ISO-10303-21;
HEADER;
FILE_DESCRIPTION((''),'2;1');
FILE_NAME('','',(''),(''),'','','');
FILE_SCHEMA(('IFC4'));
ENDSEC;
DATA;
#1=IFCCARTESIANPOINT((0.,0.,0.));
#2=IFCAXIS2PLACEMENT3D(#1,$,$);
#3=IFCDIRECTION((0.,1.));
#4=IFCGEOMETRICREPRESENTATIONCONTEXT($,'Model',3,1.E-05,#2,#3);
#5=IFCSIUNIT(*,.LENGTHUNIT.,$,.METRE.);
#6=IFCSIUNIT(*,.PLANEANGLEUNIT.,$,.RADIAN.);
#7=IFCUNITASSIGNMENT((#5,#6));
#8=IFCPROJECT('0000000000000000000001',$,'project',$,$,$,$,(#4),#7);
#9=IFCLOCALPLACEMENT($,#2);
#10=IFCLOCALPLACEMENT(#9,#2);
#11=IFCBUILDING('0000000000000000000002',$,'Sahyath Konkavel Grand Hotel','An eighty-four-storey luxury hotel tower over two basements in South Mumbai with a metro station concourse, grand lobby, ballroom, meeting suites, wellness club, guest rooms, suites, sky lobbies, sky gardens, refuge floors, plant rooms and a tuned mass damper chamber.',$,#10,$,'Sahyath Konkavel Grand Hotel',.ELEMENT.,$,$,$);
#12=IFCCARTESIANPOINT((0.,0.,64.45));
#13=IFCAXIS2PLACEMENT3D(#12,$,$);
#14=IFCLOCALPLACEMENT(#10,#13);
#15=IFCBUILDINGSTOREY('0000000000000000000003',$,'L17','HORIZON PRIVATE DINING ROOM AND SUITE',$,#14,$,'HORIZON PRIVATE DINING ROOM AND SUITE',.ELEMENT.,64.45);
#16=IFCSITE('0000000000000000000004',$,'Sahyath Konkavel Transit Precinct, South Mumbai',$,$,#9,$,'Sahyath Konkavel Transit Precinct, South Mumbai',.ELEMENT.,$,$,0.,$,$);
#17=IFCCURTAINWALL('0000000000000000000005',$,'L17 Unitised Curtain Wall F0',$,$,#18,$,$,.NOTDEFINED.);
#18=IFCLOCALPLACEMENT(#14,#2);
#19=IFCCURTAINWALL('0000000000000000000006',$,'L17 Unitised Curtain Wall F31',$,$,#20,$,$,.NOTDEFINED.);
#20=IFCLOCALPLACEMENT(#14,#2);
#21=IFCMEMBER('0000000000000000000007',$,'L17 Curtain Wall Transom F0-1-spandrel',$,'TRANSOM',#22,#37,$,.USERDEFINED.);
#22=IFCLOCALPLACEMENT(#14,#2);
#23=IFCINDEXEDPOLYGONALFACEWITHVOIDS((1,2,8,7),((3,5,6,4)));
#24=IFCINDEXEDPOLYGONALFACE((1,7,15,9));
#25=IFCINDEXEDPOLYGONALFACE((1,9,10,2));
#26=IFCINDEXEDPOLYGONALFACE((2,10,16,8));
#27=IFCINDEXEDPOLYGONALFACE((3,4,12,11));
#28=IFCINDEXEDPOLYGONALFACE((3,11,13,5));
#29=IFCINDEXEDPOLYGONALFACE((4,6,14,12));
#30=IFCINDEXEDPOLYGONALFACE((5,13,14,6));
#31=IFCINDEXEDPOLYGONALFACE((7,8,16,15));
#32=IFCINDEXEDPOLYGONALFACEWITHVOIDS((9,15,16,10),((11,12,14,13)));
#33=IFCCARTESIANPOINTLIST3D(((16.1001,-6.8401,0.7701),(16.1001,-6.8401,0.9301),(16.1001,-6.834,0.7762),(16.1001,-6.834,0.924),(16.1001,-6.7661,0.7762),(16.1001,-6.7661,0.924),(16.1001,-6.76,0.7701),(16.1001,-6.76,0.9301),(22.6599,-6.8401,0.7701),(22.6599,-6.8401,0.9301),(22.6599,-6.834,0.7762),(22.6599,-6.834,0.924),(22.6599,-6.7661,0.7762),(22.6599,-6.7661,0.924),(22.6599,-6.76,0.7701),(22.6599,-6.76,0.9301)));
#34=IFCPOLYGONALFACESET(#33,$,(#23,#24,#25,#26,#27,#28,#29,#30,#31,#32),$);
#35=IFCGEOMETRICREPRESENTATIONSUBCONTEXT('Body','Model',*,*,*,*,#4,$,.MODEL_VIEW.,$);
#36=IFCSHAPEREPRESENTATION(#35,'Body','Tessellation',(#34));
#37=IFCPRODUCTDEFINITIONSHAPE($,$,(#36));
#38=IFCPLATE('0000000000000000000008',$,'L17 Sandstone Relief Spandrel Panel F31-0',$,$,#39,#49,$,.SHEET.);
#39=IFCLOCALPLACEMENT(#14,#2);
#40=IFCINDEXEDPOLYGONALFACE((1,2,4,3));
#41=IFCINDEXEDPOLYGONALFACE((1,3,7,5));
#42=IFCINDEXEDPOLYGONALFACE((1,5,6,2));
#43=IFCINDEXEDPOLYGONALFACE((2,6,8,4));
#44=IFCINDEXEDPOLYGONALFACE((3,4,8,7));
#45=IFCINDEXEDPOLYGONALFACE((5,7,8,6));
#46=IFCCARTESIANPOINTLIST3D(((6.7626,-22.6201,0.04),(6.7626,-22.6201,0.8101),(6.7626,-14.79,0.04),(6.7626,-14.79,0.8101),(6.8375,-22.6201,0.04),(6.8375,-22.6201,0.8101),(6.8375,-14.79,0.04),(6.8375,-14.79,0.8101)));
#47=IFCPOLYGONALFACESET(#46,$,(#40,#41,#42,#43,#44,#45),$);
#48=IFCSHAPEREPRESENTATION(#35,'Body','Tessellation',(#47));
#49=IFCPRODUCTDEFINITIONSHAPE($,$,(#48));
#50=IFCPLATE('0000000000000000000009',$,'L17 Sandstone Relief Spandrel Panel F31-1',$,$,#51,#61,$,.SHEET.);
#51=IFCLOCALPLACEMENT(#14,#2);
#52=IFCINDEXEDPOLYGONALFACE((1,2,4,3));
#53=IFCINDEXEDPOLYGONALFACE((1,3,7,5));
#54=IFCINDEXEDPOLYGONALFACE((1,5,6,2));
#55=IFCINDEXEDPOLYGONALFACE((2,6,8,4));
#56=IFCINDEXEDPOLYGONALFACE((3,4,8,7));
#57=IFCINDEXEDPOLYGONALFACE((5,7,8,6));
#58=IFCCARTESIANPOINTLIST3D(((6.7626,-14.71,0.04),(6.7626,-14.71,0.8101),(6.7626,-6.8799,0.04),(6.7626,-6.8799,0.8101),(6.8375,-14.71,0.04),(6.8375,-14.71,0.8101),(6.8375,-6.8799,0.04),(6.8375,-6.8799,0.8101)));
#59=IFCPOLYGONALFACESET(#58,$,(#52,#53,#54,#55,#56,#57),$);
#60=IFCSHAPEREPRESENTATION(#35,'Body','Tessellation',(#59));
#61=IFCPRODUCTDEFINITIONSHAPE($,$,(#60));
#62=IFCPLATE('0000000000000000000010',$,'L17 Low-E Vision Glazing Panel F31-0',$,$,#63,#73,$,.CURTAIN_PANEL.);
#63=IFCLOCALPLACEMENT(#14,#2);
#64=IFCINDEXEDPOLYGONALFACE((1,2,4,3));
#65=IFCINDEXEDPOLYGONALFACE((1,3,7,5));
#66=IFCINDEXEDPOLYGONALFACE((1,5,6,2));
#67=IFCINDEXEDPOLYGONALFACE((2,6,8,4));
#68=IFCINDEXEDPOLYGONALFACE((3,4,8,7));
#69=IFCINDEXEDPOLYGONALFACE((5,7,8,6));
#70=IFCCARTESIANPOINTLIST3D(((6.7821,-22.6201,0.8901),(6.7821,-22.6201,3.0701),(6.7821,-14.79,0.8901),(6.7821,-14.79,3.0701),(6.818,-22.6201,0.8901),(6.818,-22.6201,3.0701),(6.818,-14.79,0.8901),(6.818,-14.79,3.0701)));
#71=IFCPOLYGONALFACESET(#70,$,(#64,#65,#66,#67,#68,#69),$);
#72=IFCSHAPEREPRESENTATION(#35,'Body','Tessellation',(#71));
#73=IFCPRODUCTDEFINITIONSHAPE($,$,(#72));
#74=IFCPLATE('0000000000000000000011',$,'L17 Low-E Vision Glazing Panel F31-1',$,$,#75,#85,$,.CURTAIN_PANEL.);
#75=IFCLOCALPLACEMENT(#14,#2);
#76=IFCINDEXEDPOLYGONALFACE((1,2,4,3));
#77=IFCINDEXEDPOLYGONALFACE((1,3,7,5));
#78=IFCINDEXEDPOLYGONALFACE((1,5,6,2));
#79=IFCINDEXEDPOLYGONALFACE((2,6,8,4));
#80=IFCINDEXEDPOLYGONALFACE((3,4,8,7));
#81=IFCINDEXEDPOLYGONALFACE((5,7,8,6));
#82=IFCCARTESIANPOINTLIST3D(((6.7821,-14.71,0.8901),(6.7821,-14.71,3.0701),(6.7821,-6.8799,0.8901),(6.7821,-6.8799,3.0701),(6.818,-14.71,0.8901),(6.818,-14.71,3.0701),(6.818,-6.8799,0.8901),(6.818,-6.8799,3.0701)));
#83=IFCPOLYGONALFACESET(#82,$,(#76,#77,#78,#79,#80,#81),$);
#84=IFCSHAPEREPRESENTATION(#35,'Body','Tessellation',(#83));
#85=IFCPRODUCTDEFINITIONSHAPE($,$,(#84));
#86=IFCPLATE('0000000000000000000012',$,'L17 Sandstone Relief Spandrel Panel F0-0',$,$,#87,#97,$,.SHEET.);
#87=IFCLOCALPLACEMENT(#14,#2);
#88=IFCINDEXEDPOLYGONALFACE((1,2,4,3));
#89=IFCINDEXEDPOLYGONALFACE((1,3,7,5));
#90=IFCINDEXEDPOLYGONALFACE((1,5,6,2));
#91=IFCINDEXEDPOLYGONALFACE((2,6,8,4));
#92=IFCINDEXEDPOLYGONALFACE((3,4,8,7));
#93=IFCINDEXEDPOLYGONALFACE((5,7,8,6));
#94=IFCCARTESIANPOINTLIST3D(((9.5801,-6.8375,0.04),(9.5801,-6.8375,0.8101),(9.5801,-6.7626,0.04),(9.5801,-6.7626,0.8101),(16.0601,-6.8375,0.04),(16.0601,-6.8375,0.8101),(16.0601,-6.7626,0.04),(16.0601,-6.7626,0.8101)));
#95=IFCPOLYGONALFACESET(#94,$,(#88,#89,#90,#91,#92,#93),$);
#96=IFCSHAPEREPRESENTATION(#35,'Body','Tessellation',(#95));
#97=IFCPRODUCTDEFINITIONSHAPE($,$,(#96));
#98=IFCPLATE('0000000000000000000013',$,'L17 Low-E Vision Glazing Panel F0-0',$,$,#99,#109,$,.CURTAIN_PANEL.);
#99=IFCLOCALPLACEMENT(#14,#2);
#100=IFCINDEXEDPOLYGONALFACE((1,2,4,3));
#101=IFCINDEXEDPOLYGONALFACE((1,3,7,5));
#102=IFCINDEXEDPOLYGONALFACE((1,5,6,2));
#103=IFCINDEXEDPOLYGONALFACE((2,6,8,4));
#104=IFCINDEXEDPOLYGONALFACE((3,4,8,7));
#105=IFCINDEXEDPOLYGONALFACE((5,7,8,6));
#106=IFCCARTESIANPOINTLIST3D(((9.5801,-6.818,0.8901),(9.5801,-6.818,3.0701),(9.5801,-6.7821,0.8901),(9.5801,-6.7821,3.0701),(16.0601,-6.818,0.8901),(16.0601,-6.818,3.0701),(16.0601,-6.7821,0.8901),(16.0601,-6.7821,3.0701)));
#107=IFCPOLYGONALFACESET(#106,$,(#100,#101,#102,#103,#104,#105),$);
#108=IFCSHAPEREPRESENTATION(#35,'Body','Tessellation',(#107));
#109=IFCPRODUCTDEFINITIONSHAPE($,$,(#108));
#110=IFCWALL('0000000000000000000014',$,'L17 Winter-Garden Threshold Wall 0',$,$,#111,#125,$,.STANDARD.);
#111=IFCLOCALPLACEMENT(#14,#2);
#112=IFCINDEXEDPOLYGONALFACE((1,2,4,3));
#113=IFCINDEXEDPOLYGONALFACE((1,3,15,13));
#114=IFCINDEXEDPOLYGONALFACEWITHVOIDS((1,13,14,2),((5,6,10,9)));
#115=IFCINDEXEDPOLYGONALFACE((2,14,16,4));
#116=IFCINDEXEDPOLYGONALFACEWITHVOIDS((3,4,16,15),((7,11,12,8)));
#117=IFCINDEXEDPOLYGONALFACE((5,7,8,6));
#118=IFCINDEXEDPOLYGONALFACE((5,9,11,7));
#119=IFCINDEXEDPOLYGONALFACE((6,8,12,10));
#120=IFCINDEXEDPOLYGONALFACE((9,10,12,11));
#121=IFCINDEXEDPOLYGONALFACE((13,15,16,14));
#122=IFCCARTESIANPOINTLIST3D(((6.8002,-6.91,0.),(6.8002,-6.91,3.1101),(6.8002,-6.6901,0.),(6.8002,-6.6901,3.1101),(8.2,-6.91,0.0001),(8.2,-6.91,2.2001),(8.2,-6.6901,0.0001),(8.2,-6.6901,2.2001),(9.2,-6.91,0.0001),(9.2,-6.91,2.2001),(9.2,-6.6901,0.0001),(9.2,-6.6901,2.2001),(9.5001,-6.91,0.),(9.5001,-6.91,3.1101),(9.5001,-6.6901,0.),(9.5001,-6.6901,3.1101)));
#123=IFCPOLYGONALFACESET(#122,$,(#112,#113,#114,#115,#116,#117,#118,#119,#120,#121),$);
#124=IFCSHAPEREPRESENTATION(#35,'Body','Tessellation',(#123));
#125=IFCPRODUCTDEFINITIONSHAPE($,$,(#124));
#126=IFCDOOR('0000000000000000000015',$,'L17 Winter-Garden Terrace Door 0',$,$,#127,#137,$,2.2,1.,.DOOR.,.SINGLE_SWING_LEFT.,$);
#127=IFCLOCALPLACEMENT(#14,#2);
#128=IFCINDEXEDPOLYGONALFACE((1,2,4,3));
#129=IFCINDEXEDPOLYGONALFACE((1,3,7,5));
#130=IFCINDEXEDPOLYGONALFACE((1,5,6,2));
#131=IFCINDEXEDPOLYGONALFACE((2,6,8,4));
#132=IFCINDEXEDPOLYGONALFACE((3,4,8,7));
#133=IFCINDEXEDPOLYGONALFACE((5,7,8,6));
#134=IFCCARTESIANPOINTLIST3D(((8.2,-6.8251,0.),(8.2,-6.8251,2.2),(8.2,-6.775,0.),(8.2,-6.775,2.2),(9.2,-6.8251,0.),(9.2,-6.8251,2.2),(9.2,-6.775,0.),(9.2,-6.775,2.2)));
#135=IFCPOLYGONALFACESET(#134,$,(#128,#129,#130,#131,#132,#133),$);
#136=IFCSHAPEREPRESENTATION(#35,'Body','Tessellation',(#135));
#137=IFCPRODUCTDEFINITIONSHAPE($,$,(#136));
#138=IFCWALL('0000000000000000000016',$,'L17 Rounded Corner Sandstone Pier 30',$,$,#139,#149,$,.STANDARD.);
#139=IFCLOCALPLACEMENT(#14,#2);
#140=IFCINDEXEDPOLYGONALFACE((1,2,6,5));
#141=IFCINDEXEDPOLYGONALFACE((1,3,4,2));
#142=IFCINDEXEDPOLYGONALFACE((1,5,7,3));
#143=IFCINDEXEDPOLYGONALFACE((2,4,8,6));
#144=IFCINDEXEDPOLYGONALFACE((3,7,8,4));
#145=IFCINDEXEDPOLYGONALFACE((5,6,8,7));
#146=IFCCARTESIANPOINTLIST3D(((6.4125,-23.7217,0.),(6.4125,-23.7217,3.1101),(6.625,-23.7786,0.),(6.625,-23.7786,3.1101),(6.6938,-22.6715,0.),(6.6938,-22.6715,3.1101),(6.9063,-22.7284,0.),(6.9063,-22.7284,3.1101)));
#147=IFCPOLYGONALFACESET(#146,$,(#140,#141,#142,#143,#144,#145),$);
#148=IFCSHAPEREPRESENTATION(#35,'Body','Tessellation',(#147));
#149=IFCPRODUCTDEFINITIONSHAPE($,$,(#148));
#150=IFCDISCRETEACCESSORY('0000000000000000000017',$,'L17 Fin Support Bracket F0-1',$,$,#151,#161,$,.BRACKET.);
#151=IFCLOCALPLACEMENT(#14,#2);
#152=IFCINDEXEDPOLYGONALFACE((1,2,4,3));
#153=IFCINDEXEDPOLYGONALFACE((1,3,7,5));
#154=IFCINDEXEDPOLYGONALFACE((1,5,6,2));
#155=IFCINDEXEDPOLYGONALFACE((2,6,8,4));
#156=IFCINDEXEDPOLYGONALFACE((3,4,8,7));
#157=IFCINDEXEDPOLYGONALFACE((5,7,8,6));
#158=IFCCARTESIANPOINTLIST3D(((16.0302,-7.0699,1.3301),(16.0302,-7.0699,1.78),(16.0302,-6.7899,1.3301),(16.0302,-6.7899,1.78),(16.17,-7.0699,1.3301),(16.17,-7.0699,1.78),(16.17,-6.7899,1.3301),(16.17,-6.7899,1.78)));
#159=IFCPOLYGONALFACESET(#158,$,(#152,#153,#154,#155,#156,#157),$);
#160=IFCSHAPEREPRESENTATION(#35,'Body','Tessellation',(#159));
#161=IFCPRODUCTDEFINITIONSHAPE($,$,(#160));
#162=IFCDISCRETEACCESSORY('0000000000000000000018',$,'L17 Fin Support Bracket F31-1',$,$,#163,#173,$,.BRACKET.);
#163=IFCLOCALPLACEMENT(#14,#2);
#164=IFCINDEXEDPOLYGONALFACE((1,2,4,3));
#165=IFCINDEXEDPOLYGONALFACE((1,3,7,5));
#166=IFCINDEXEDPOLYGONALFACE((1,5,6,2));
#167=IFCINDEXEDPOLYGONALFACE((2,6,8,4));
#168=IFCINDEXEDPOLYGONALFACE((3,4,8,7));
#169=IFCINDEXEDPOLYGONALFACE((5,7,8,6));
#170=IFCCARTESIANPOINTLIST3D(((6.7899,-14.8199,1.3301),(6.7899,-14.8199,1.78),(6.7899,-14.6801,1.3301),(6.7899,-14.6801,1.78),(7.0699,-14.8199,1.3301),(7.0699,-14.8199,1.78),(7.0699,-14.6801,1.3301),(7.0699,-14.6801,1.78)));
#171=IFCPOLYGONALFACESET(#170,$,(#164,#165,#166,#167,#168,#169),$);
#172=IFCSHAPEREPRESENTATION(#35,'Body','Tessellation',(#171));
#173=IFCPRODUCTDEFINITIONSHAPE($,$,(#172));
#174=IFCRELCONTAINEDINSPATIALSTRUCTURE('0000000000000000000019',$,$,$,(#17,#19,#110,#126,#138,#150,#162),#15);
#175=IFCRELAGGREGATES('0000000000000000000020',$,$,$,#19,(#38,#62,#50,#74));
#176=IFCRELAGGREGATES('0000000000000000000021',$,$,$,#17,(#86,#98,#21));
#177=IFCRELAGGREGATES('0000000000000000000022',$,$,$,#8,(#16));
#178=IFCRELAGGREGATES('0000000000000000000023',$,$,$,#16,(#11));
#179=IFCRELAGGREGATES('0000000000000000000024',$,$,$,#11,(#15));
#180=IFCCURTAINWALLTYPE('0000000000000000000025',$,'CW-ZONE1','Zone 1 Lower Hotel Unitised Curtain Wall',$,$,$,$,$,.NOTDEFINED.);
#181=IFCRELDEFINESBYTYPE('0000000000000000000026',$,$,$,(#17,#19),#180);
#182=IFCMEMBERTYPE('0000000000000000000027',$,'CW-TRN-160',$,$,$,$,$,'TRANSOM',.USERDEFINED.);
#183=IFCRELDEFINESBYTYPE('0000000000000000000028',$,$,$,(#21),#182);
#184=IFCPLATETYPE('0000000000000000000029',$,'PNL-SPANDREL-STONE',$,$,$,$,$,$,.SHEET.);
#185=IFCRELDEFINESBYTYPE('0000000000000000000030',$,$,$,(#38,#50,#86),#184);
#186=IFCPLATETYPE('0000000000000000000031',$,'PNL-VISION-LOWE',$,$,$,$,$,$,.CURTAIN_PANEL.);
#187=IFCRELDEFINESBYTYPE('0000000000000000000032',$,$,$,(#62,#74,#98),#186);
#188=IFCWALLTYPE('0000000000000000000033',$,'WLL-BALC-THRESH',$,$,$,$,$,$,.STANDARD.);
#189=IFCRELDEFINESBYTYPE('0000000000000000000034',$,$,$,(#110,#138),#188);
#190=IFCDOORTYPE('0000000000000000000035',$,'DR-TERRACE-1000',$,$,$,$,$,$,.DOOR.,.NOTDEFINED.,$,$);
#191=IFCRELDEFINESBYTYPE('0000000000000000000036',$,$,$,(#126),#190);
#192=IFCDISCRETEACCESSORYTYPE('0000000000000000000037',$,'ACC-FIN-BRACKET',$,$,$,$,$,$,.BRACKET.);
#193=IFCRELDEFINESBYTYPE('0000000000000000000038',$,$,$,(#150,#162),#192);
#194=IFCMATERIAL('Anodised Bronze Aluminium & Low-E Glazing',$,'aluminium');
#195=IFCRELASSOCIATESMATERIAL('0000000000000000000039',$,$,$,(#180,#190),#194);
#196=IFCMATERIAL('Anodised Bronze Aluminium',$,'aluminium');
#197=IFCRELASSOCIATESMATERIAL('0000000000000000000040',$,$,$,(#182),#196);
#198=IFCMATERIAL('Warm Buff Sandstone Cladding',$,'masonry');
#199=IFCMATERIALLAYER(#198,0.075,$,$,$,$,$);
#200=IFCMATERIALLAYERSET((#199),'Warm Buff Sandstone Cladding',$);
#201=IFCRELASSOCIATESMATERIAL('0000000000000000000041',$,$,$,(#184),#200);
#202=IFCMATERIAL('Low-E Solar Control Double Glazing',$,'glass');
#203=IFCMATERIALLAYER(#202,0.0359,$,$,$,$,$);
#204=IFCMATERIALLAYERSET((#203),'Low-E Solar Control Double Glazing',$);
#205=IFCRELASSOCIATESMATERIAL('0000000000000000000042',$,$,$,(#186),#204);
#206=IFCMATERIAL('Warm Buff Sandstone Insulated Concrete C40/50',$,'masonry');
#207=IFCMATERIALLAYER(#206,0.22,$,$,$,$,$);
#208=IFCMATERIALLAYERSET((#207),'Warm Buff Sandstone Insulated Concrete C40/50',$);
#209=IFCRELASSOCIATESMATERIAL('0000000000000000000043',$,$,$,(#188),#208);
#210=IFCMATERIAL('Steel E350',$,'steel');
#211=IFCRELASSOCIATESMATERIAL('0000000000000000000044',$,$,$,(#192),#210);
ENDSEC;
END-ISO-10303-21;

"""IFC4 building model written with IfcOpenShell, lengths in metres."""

from ifc_helpers import new_model, si_unit, direction, frame, frame_2d, origin, origin_2d, place, context, subcontext, project, spatial, rectangle, hollow_rectangle, extrude, source, transform, mapped, material, layer, layer_set, material_profile, profile_set, type_object, element, fill, aggregate, save


model = new_model("IFC4")

# Units and contexts
model_context = context("Model", 3, precision=1e-05, world=origin(), true_north=direction((0.0, 1.0)))
body_context = subcontext(model_context, "Body", "Model", "MODEL_VIEW")
ifc_project = project(units=[si_unit("LENGTHUNIT", "METRE"), si_unit("PLANEANGLEUNIT", "RADIAN")], contexts=[model_context])

# Site, building, storey
site_placement = place(None, origin())
site = spatial("IfcSite", under=ifc_project, at=site_placement, Name="Sahyath Konkavel Transit Precinct, South Mumbai", LongName="Sahyath Konkavel Transit Precinct, South Mumbai", CompositionType="ELEMENT", RefElevation=0.0)
building_placement = place(site_placement, origin())
building = spatial("IfcBuilding", under=site, at=building_placement, Name="Sahyath Konkavel Grand Hotel", Description="An eighty-four-storey luxury hotel tower over two basements in South Mumbai with a metro station concourse, grand lobby, ballroom, meeting suites, wellness club, guest rooms, suites, sky lobbies, sky gardens, refuge floors, plant rooms and a tuned mass damper chamber.", LongName="Sahyath Konkavel Grand Hotel", CompositionType="ELEMENT")
storey_placement = place(building_placement, frame((0.0, 0.0, 64.45)))
storey = spatial("IfcBuildingStorey", under=building, at=storey_placement, Name="L17", Description="HORIZON PRIVATE DINING ROOM AND SUITE", LongName="HORIZON PRIVATE DINING ROOM AND SUITE", CompositionType="ELEMENT", Elevation=64.45)

# Curtain wall
ifc_material_1 = material(Name="Anodised Bronze Aluminium & Low-E Glazing", Category="aluminium")
curtain_wall_type = type_object("IfcCurtainWallType", Name="CW-ZONE1", Description="Zone 1 Lower Hotel Unitised Curtain Wall", PredefinedType="NOTDEFINED", material=ifc_material_1)
curtain_wall_1_placement = place(storey_placement, origin())
curtain_wall_1 = element("IfcCurtainWall", 1, at=curtain_wall_1_placement, inside=storey, type_object=curtain_wall_type, Name="L17 Unitised Curtain Wall F0", PredefinedType="NOTDEFINED")

# Curtain wall
curtain_wall_2_placement = place(storey_placement, origin())
curtain_wall_2 = element("IfcCurtainWall", 2, at=curtain_wall_2_placement, inside=storey, type_object=curtain_wall_type, Name="L17 Unitised Curtain Wall F31", PredefinedType="NOTDEFINED")
ifc_material_2 = material(Name="Anodised Bronze Aluminium", Category="aluminium")
ifc_material_profile_1 = material_profile(ifc_material_2, hollow_rectangle(XDim=0.0801, YDim=0.1599, WallThickness=0.0061, at=origin_2d()), Name="RHS 160x80x6")
ifc_profile_set_1 = profile_set([ifc_material_profile_1], Name="Anodised Bronze Aluminium")
member_type_1 = type_object("IfcMemberType", Name="CW-TRN-160", ElementType="TRANSOM", PredefinedType="USERDEFINED", material=ifc_profile_set_1)

# Member
shared_shape_1 = source(origin(), body_context, "Body", "SweptSolid", [
    extrude(hollow_rectangle(XDim=0.0801, YDim=0.1599, WallThickness=0.0061, at=origin_2d()), origin(), (0.0, 0.0, 1.0), 6.5598),
])
member_1_placement = place(storey_placement, frame((16.1001, -6.8, 0.8501), z_axis=(1.0, 0.0, 0.0), x_axis=(0.0, 1.0, 0.0)))
member_1 = element("IfcMember", 3, at=member_1_placement, type_object=member_type_1, Name="L17 Curtain Wall Transom F0-1-spandrel", ObjectType="TRANSOM", PredefinedType="USERDEFINED", context=body_context, shape_type="MappedRepresentation", body=[
    mapped(shared_shape_1, transform((0.0, 0.0, 0.0), scale=1.0)),
])

# Plates
ifc_material_3 = material(Name="Warm Buff Sandstone Cladding", Category="masonry")
ifc_layer_1 = layer(ifc_material_3, 0.075)
ifc_layer_set_1 = layer_set([ifc_layer_1], Name="Warm Buff Sandstone Cladding")
plate_type_1 = type_object("IfcPlateType", Name="PNL-SPANDREL-STONE", PredefinedType="SHEET", material=ifc_layer_set_1)
shared_shape_2 = source(origin(), body_context, "Body", "SweptSolid", [
    extrude(rectangle(XDim=7.8301, YDim=0.075, at=origin_2d()), origin(), (0.0, 0.0, 1.0), 0.77),
])
plate_1_placement = place(storey_placement, frame((6.8, -18.7051, 0.04), z_axis=(0.0, 0.0, 1.0), x_axis=(0.0, 1.0, 0.0)))
plate_1 = element("IfcPlate", 4, at=plate_1_placement, type_object=plate_type_1, Name="L17 Sandstone Relief Spandrel Panel F31-0", PredefinedType="SHEET", context=body_context, shape_type="MappedRepresentation", body=[
    mapped(shared_shape_2, transform((0.0, 0.0, 0.0), scale=1.0)),
])
plate_2_placement = place(storey_placement, frame((6.8, -10.7949, 0.04), z_axis=(0.0, 0.0, 1.0), x_axis=(0.0, 1.0, 0.0)))
plate_2 = element("IfcPlate", 5, at=plate_2_placement, type_object=plate_type_1, Name="L17 Sandstone Relief Spandrel Panel F31-1", PredefinedType="SHEET", context=body_context, shape_type="MappedRepresentation", body=[
    mapped(shared_shape_2, transform((0.0, 0.0, 0.0), scale=1.0)),
])
ifc_material_4 = material(Name="Low-E Solar Control Double Glazing", Category="glass")
ifc_layer_2 = layer(ifc_material_4, 0.0359)
ifc_layer_set_2 = layer_set([ifc_layer_2], Name="Low-E Solar Control Double Glazing")
plate_type_2 = type_object("IfcPlateType", Name="PNL-VISION-LOWE", PredefinedType="CURTAIN_PANEL", material=ifc_layer_set_2)
shared_shape_3 = source(origin(), body_context, "Body", "SweptSolid", [
    extrude(rectangle(XDim=7.8301, YDim=0.0359, at=origin_2d()), origin(), (0.0, 0.0, 1.0), 2.1799),
])
plate_3_placement = place(storey_placement, frame((6.8, -18.7051, 0.8901), z_axis=(0.0, 0.0, 1.0), x_axis=(0.0, 1.0, 0.0)))
plate_3 = element("IfcPlate", 6, at=plate_3_placement, type_object=plate_type_2, Name="L17 Low-E Vision Glazing Panel F31-0", PredefinedType="CURTAIN_PANEL", context=body_context, shape_type="MappedRepresentation", body=[
    mapped(shared_shape_3, transform((0.0, 0.0, 0.0), scale=1.0)),
])
plate_4_placement = place(storey_placement, frame((6.8, -10.7949, 0.8901), z_axis=(0.0, 0.0, 1.0), x_axis=(0.0, 1.0, 0.0)))
plate_4 = element("IfcPlate", 7, at=plate_4_placement, type_object=plate_type_2, Name="L17 Low-E Vision Glazing Panel F31-1", PredefinedType="CURTAIN_PANEL", context=body_context, shape_type="MappedRepresentation", body=[
    mapped(shared_shape_3, transform((0.0, 0.0, 0.0), scale=1.0)),
])
aggregate(curtain_wall_2, [plate_1, plate_3, plate_2, plate_4])
shared_shape_4 = source(origin(), body_context, "Body", "SweptSolid", [
    extrude(rectangle(XDim=6.48, YDim=0.075, at=origin_2d()), origin(), (0.0, 0.0, 1.0), 0.77),
])
plate_5_placement = place(storey_placement, frame((12.8201, -6.8, 0.04), z_axis=(0.0, 0.0, 1.0), x_axis=(1.0, 0.0, 0.0)))
plate_5 = element("IfcPlate", 8, at=plate_5_placement, type_object=plate_type_1, Name="L17 Sandstone Relief Spandrel Panel F0-0", PredefinedType="SHEET", context=body_context, shape_type="MappedRepresentation", body=[
    mapped(shared_shape_4, transform((0.0, 0.0, 0.0), scale=1.0)),
])
shared_shape_5 = source(origin(), body_context, "Body", "SweptSolid", [
    extrude(rectangle(XDim=6.48, YDim=0.0359, at=origin_2d()), origin(), (0.0, 0.0, 1.0), 2.1799),
])
plate_6_placement = place(storey_placement, frame((12.8201, -6.8, 0.8901), z_axis=(0.0, 0.0, 1.0), x_axis=(1.0, 0.0, 0.0)))
plate_6 = element("IfcPlate", 9, at=plate_6_placement, type_object=plate_type_2, Name="L17 Low-E Vision Glazing Panel F0-0", PredefinedType="CURTAIN_PANEL", context=body_context, shape_type="MappedRepresentation", body=[
    mapped(shared_shape_5, transform((0.0, 0.0, 0.0), scale=1.0)),
])
aggregate(curtain_wall_1, [plate_5, plate_6, member_1])

# Wall, opening, door
ifc_material_5 = material(Name="Warm Buff Sandstone Insulated Concrete C40/50", Category="masonry")
ifc_layer_3 = layer(ifc_material_5, 0.22)
ifc_layer_set_3 = layer_set([ifc_layer_3], Name="Warm Buff Sandstone Insulated Concrete C40/50")
wall_type = type_object("IfcWallType", Name="WLL-BALC-THRESH", PredefinedType="STANDARD", material=ifc_layer_set_3)
wall_1_placement = place(storey_placement, frame((6.8, -6.8, 0.0), z_axis=(0.0, 0.0, 1.0), x_axis=(1.0, 0.0, 0.0)))
wall_1 = element("IfcWall", 10, at=wall_1_placement, inside=storey, type_object=wall_type, Name="L17 Winter-Garden Threshold Wall 0", PredefinedType="STANDARD", context=body_context, shape_type="SweptSolid", body=[
    extrude(rectangle(XDim=2.7, YDim=0.22, at=frame_2d((1.3501, 0.0))), origin(), (0.0, 0.0, 1.0), 3.1101),
])
opening_placement = place(wall_1_placement, frame((1.3999, 0.0, 0.0)))
opening = element("IfcOpeningElement", 11, at=opening_placement, cuts=wall_1, PredefinedType="OPENING", context=body_context, shape_type="SweptSolid", body=[
    extrude(rectangle(XDim=1.0, YDim=2.2, at=frame_2d((0.5, 1.1001))), frame((0.0, 0.1201, 0.0), z_axis=(0.0, -1.0, 0.0), x_axis=(1.0, 0.0, 0.0)), (0.0, 0.0, 1.0), 0.24),
])
door_type = type_object("IfcDoorType", Name="DR-TERRACE-1000", OperationType="NOTDEFINED", PredefinedType="DOOR", material=ifc_material_1)
shared_shape_6 = source(origin(), body_context, "Body", "SweptSolid", [
    extrude(rectangle(XDim=1.0, YDim=0.05, at=origin_2d()), origin(), (0.0, 0.0, 1.0), 2.2),
])
door_placement = place(opening_placement, frame((0.5, 0.0, 0.0)))
door = element("IfcDoor", 12, at=door_placement, inside=storey, type_object=door_type, Name="L17 Winter-Garden Terrace Door 0", OperationType="SINGLE_SWING_LEFT", OverallHeight=2.2, OverallWidth=1.0, PredefinedType="DOOR", context=body_context, shape_type="MappedRepresentation", body=[
    mapped(shared_shape_6, transform((0.0, 0.0, 0.0), scale=1.0)),
])
fill(opening, door)

# Wall
wall_2_placement = place(storey_placement, frame((6.5188, -23.75, 0.0), z_axis=(0.0, 0.0, 1.0), x_axis=(0.258725, 0.965951, 0.0)))
element("IfcWall", 13, at=wall_2_placement, inside=storey, type_object=wall_type, Name="L17 Rounded Corner Sandstone Pier 30", PredefinedType="STANDARD", context=body_context, shape_type="SweptSolid", body=[
    extrude(rectangle(XDim=1.0872, YDim=0.22, at=frame_2d((0.5435, 0.0))), origin(), (0.0, 0.0, 1.0), 3.1101),
])

# Discrete accessories
ifc_material_6 = material(Name="Steel E350", Category="steel")
discrete_accessory_type = type_object("IfcDiscreteAccessoryType", Name="ACC-FIN-BRACKET", PredefinedType="BRACKET", material=ifc_material_6)
shared_shape_7 = source(origin(), body_context, "Body", "SweptSolid", [
    extrude(rectangle(XDim=0.28, YDim=0.1399, at=origin_2d()), origin(), (0.0, 0.0, 1.0), 0.45),
])
for number, where, z_axis, x_axis, name in (
    (14, (16.1001, -6.9299, 1.3301), (0.0, 0.0, 1.0), (0.0, -1.0, 0.0), "L17 Fin Support Bracket F0-1"),
    (15, (6.9299, -14.75, 1.3301), (0.0, 0.0, 1.0), (1.0, 0.0, 0.0), "L17 Fin Support Bracket F31-1"),
):
    element("IfcDiscreteAccessory", number, at=place(storey_placement, frame(where, z_axis=z_axis, x_axis=x_axis)), inside=storey, type_object=discrete_accessory_type, Name=name, PredefinedType="BRACKET", context=body_context, shape_type="MappedRepresentation", body=[
        mapped(shared_shape_7, transform((0.0, 0.0, 0.0), scale=1.0)),
    ])

save(model, "model.ifc")
